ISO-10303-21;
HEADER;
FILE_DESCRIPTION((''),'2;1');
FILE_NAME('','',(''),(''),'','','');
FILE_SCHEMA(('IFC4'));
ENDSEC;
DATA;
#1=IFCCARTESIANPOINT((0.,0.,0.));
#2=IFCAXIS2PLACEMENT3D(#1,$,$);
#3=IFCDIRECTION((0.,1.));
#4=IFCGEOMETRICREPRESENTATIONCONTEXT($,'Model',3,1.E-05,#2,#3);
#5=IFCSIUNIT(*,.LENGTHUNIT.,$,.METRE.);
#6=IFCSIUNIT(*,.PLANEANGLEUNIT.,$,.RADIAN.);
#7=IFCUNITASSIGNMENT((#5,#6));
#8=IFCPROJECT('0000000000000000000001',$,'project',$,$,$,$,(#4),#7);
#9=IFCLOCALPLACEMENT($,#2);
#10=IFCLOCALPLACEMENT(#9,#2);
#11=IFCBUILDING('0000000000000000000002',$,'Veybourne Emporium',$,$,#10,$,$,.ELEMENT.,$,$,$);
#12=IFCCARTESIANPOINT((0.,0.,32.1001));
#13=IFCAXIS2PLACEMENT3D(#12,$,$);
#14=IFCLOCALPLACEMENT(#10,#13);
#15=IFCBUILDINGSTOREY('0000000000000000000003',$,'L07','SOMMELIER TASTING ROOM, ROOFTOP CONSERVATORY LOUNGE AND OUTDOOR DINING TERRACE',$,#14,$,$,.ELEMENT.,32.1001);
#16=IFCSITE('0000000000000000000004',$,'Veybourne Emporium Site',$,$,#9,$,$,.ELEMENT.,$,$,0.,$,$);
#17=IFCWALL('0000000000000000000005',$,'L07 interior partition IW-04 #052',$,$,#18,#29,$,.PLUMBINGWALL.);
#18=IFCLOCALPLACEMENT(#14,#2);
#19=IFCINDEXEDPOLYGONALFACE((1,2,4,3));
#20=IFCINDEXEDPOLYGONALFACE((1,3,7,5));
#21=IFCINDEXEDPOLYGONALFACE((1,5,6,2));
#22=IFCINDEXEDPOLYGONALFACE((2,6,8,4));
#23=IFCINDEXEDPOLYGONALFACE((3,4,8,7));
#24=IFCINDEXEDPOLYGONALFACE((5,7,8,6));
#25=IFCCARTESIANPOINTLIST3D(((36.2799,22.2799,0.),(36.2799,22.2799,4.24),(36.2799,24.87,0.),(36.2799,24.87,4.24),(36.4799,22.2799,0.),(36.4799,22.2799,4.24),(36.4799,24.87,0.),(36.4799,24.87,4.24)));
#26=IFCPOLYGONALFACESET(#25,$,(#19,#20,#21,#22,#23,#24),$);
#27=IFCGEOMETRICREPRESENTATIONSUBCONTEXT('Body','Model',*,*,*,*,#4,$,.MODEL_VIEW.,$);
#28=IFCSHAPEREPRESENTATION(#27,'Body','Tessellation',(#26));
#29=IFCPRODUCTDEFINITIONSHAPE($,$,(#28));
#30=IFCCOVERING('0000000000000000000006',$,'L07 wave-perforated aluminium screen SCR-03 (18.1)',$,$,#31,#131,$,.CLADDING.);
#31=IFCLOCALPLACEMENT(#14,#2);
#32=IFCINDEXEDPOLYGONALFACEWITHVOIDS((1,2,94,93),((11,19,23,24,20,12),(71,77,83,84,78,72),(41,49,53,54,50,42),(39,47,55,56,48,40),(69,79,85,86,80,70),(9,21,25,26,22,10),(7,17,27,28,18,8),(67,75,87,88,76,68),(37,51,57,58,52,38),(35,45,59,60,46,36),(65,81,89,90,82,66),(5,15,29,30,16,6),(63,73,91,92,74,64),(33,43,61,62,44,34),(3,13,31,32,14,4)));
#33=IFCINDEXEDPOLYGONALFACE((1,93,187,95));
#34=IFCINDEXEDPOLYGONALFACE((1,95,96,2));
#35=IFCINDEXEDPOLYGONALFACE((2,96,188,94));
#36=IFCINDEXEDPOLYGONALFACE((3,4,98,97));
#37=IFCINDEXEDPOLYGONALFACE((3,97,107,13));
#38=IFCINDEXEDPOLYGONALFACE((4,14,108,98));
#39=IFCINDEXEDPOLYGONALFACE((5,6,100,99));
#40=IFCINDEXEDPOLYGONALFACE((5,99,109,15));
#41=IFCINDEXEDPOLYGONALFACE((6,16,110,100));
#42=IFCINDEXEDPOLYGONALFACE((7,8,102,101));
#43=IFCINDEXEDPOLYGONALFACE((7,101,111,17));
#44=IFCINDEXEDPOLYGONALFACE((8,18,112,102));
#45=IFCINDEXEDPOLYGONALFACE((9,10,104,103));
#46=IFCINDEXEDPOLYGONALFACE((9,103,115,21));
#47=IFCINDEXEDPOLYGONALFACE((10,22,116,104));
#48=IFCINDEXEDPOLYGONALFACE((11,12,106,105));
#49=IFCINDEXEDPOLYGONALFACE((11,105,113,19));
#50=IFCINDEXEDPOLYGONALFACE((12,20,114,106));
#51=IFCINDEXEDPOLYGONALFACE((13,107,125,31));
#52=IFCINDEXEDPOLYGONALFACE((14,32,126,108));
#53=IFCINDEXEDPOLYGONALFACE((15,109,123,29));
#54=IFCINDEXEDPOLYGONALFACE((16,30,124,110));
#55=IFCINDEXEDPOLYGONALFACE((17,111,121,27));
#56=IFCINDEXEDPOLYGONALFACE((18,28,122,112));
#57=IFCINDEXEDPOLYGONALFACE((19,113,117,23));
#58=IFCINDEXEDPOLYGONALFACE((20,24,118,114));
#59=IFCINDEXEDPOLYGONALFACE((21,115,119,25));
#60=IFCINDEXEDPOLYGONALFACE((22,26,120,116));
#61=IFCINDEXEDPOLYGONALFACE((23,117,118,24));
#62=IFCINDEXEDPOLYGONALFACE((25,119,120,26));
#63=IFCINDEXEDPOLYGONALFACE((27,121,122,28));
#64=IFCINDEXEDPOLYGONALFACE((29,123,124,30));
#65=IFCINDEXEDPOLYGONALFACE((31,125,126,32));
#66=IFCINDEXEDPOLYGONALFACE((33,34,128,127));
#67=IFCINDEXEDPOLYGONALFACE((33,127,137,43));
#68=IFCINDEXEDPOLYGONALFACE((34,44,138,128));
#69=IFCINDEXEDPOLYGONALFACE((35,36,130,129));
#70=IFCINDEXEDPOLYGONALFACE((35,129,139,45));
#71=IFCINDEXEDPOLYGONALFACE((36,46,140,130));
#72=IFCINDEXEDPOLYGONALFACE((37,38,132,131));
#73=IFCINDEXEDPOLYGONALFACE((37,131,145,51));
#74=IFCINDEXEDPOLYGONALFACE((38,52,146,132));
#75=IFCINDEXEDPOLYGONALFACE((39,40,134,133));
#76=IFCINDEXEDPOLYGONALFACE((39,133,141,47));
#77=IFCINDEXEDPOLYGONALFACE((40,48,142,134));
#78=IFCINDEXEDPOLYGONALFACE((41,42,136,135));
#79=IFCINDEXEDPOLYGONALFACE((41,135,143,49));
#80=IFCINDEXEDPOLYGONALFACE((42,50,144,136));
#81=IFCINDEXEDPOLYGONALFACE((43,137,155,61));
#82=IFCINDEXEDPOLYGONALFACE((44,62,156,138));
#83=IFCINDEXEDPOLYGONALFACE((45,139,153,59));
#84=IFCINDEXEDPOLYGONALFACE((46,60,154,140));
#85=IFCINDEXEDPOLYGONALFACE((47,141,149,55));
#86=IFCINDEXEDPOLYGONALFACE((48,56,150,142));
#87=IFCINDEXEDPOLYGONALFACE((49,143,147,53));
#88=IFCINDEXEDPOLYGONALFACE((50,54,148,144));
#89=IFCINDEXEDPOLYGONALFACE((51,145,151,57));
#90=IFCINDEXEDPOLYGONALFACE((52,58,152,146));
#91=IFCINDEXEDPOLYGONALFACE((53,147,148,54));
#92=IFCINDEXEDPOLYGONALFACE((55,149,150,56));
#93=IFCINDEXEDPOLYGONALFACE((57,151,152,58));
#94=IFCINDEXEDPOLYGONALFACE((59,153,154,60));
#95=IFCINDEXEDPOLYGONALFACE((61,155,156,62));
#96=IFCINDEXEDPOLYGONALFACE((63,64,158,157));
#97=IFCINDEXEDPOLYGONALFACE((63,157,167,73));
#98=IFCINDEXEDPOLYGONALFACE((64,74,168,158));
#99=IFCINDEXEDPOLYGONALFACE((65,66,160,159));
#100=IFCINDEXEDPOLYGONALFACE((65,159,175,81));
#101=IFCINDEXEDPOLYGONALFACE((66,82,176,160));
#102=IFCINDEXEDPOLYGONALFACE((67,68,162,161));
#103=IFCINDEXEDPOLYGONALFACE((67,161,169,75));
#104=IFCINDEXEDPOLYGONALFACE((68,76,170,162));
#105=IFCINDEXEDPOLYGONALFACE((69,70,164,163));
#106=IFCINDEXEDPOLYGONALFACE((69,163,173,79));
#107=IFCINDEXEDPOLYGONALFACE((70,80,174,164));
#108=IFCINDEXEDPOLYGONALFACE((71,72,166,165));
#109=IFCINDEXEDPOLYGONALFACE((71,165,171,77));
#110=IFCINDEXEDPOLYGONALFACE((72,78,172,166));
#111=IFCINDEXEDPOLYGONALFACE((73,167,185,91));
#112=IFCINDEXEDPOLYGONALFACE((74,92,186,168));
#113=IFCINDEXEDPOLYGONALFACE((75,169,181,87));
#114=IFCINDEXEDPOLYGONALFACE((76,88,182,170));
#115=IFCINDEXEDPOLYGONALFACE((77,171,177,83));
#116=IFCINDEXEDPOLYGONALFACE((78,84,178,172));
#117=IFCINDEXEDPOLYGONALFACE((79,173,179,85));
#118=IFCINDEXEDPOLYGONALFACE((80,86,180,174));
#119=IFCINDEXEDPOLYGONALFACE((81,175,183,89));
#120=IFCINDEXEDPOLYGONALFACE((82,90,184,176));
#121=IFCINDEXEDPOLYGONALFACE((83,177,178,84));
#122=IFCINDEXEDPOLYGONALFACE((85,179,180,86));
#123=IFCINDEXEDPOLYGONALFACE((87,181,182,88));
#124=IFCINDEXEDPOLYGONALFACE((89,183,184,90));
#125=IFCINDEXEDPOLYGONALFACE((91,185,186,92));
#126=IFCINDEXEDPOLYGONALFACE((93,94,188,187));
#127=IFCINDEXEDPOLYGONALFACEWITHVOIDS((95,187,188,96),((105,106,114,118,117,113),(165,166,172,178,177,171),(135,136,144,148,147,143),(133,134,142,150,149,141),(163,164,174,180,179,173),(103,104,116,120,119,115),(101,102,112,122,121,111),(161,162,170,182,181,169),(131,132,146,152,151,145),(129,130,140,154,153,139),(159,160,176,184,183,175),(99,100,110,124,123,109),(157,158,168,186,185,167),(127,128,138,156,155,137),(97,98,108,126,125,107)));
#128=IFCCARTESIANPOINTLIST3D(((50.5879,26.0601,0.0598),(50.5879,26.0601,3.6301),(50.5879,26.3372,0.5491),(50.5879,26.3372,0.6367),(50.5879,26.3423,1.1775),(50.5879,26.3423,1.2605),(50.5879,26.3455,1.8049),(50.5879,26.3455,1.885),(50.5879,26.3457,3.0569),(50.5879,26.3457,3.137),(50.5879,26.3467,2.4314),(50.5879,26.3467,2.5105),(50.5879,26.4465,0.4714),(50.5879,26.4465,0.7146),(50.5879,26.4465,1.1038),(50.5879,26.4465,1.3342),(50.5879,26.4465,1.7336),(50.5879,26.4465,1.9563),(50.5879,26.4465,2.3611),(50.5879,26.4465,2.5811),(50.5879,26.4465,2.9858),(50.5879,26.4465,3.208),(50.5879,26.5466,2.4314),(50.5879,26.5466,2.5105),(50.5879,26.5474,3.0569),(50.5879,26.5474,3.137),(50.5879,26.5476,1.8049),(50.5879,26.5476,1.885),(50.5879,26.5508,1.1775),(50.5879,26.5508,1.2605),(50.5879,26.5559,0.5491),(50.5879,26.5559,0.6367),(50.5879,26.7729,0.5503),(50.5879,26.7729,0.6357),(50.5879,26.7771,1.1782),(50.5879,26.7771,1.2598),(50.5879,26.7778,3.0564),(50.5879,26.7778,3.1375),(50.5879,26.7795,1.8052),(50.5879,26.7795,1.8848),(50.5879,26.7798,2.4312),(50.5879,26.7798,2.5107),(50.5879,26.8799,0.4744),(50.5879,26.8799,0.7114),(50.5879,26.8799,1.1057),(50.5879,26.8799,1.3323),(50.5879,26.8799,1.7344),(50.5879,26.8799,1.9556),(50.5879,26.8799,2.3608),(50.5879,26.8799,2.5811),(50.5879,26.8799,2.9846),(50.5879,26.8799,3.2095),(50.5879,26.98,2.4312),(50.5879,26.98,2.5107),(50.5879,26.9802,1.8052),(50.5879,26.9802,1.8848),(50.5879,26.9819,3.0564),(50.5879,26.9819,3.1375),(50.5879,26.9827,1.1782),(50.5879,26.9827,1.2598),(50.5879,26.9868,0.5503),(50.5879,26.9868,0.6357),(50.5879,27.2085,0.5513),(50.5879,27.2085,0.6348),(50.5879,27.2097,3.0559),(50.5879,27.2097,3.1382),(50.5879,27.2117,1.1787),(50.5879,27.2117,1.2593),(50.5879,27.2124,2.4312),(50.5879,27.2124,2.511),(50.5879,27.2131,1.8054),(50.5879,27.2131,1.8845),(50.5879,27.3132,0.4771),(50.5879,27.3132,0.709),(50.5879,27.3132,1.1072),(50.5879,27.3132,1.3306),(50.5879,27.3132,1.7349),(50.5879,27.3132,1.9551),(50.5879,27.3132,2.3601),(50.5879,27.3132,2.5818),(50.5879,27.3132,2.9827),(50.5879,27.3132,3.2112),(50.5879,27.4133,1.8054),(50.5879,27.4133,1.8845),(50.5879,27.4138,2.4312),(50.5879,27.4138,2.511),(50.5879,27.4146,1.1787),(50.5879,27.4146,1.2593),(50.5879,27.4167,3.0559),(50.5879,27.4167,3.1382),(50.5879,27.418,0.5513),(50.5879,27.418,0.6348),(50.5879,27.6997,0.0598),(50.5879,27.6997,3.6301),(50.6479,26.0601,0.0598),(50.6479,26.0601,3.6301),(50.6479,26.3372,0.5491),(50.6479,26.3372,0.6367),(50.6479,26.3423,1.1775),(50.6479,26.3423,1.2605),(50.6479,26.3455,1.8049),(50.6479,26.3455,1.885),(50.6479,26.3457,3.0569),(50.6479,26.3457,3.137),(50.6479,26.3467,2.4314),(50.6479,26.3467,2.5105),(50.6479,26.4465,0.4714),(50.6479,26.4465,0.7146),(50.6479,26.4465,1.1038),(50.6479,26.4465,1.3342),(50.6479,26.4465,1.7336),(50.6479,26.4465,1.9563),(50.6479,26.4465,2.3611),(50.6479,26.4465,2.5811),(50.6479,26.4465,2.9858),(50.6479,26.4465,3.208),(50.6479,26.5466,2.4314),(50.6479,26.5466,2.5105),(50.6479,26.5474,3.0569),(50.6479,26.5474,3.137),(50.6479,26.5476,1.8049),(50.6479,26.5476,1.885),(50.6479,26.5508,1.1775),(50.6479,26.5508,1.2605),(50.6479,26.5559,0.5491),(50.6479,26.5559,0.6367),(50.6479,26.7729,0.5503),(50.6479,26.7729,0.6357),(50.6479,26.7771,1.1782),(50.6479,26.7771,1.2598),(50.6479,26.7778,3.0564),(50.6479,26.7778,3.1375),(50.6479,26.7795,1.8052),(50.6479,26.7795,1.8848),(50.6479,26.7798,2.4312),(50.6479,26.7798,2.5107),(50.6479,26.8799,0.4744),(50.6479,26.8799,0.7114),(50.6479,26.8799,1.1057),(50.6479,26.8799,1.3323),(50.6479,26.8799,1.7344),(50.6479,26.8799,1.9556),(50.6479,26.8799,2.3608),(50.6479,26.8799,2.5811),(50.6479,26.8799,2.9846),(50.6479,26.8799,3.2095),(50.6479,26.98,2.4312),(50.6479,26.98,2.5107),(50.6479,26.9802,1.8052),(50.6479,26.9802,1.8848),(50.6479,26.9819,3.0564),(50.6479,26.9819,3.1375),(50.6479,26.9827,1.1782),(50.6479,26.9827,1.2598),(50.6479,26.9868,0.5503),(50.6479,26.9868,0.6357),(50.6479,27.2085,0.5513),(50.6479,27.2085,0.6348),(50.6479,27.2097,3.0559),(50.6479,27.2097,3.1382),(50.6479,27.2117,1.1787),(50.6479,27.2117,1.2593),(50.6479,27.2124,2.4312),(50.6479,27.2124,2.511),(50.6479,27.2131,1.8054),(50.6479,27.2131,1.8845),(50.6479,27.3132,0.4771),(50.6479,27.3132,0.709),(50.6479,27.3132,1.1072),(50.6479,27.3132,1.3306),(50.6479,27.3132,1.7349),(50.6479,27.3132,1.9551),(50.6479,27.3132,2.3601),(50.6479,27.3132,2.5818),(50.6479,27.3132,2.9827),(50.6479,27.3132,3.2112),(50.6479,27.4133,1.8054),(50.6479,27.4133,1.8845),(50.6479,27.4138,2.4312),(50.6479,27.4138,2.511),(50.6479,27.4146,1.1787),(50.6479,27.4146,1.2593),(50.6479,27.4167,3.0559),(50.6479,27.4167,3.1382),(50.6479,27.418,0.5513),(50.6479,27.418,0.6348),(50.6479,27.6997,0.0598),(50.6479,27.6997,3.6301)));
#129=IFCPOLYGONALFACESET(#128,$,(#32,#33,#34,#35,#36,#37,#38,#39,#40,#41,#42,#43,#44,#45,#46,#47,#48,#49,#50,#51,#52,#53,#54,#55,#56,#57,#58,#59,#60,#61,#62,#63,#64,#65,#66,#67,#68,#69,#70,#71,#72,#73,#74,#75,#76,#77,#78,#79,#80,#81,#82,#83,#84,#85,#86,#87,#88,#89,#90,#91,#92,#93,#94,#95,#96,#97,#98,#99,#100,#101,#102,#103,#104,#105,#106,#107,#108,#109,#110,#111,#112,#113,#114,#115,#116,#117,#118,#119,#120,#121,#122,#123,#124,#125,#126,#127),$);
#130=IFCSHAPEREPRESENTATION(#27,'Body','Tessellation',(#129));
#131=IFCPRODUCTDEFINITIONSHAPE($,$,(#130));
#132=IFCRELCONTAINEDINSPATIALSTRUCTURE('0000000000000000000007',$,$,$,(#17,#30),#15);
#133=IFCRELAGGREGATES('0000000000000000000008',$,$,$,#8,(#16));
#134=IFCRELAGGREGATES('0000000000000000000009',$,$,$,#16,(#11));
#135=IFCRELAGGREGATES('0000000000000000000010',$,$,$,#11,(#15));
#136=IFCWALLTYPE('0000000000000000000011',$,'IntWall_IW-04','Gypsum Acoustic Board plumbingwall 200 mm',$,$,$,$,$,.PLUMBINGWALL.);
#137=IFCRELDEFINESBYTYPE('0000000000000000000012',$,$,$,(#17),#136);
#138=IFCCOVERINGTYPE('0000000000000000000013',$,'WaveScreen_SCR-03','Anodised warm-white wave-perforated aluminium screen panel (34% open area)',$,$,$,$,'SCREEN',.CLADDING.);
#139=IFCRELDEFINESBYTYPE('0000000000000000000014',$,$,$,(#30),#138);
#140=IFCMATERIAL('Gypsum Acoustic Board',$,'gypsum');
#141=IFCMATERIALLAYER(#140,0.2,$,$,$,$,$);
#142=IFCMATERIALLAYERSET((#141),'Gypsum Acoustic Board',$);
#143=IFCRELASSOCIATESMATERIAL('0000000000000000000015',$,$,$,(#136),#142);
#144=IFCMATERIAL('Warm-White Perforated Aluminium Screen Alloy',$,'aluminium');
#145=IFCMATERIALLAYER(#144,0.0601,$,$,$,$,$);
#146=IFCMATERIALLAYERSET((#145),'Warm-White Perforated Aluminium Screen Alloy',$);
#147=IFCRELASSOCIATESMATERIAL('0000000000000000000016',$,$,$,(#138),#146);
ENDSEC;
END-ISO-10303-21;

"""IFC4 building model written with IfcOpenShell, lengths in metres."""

from ifc_helpers import new_model, si_unit, direction, frame, frame_2d, origin, place, context, subcontext, project, spatial, polyline, rectangle, outline, extrude, material, layer, layer_set, type_object, element, save


model = new_model("IFC4")

# Units and contexts
model_context = context("Model", 3, precision=1e-05, world=origin(), true_north=direction((0.0, 1.0)))
body_context = subcontext(model_context, "Body", "Model", "MODEL_VIEW")
ifc_project = project(units=[si_unit("LENGTHUNIT", "METRE"), si_unit("PLANEANGLEUNIT", "RADIAN")], contexts=[model_context])

# Site, building, storey
site_placement = place(None, origin())
site = spatial("IfcSite", under=ifc_project, at=site_placement, Name="Veybourne Emporium Site", CompositionType="ELEMENT", RefElevation=0.0)
building_placement = place(site_placement, origin())
building = spatial("IfcBuilding", under=site, at=building_placement, Name="Veybourne Emporium", CompositionType="ELEMENT")
storey_placement = place(building_placement, frame((0.0, 0.0, 32.1001)))
storey = spatial("IfcBuildingStorey", under=building, at=storey_placement, Name="L07", Description="SOMMELIER TASTING ROOM, ROOFTOP CONSERVATORY LOUNGE AND OUTDOOR DINING TERRACE", CompositionType="ELEMENT", Elevation=32.1001)

# Shared definitions
ifc_material_1 = material(Name="Gypsum Acoustic Board", Category="gypsum")
ifc_layer_1 = layer(ifc_material_1, 0.2)
ifc_layer_set_1 = layer_set([ifc_layer_1], Name="Gypsum Acoustic Board")
wall_type_1 = type_object("IfcWallType", Name="IntWall_IW-04", Description="Gypsum Acoustic Board plumbingwall 200 mm", PredefinedType="PLUMBINGWALL", material=ifc_layer_set_1)

# Wall
wall_1_placement = place(storey_placement, frame((36.3799, 22.28, 0.0), z_axis=(0.0, 0.0, 1.0), x_axis=(0.0, 1.0, 0.0)))
element("IfcWall", 1, at=wall_1_placement, inside=storey, type_object=wall_type_1, Name="L07 interior partition IW-04 #052", PredefinedType="PLUMBINGWALL", context=body_context, shape_type="SweptSolid", body=[
    extrude(rectangle(XDim=2.5901, YDim=0.2, at=frame_2d((1.2949, 0.0))), origin(), (0.0, 0.0, 1.0), 4.24),
])

# Covering
ifc_material_2 = material(Name="Warm-White Perforated Aluminium Screen Alloy", Category="aluminium")
ifc_layer_2 = layer(ifc_material_2, 0.0601)
ifc_layer_set_2 = layer_set([ifc_layer_2], Name="Warm-White Perforated Aluminium Screen Alloy")
covering_type_1 = type_object("IfcCoveringType", Name="WaveScreen_SCR-03", Description="Anodised warm-white wave-perforated aluminium screen panel (34% open area)", ElementType="SCREEN", PredefinedType="CLADDING", material=ifc_layer_set_2)
covering_1_placement = place(storey_placement, frame((50.6479, 26.8799, 1.845), z_axis=(-1.0, 0.0, 0.0), x_axis=(0.0, -1.0, 0.0)))
element("IfcCovering", 2, at=covering_1_placement, inside=storey, type_object=covering_type_1, Name="L07 wave-perforated aluminium screen SCR-03 (18.1)", PredefinedType="CLADDING", context=body_context, shape_type="SweptSolid", body=[
    extrude(outline(polyline([(-0.8198, -1.7852), (0.8198, -1.7852), (0.8198, 1.7852), (-0.8198, 1.7852), (-0.8198, -1.7852)]), holes=[polyline([(-0.4333, -1.136), (-0.3286, -1.2102), (-0.3286, -1.2937), (-0.4333, -1.3679), (-0.5381, -1.2937), (-0.5381, -1.2102), (-0.4333, -1.136)]), polyline([(-0.4333, -0.5144), (-0.3318, -0.5857), (-0.3318, -0.6663), (-0.4333, -0.7378), (-0.5347, -0.6663), (-0.5347, -0.5857), (-0.4333, -0.5144)]), polyline([(-0.4333, 0.1101), (-0.3333, 0.0396), (-0.3333, -0.0396), (-0.4333, -0.1101), (-0.5334, -0.0396), (-0.5334, 0.0396), (-0.4333, 0.1101)]), polyline([(-0.4333, 0.7368), (-0.3325, 0.666), (-0.3325, 0.5862), (-0.4333, 0.5151), (-0.5339, 0.5862), (-0.5339, 0.666), (-0.4333, 0.7368)]), polyline([(-0.4333, 1.3662), (-0.3298, 1.2932), (-0.3298, 1.2109), (-0.4333, 1.1377), (-0.5369, 1.2109), (-0.5369, 1.2932), (-0.4333, 1.3662)]), polyline([(0.0, -1.1335), (0.1069, -1.2092), (0.1069, -1.2947), (0.0, -1.3706), (-0.1069, -1.2947), (-0.1069, -1.2092), (0.0, -1.1335)]), polyline([(0.0, -0.5127), (0.1028, -0.5852), (0.1028, -0.6667), (0.0, -0.7393), (-0.1028, -0.6667), (-0.1028, -0.5852), (0.0, -0.5127)]), polyline([(0.0, 0.1106), (0.1003, 0.0398), (0.1003, -0.0398), (0.0, -0.1106), (-0.1003, -0.0398), (-0.1003, 0.0398), (0.0, 0.1106)]), polyline([(0.0, 0.7361), (0.1001, 0.6658), (0.1001, 0.5862), (0.0, 0.5159), (-0.1001, 0.5862), (-0.1001, 0.6658), (0.0, 0.7361)]), polyline([(0.0, 1.3645), (0.1021, 1.2925), (0.1021, 1.2114), (0.0, 1.1396), (-0.1021, 1.2114), (-0.1021, 1.2925), (0.0, 1.3645)]), polyline([(0.4333, -1.1304), (0.5427, -1.2083), (0.5427, -1.2959), (0.4333, -1.3735), (0.324, -1.2959), (0.324, -1.2083), (0.4333, -1.1304)]), polyline([(0.4333, -0.5107), (0.5376, -0.5845), (0.5376, -0.6675), (0.4333, -0.7412), (0.3291, -0.6675), (0.3291, -0.5845), (0.4333, -0.5107)]), polyline([(0.4333, 0.1113), (0.5344, 0.04), (0.5344, -0.04), (0.4333, -0.1113), (0.3323, -0.04), (0.3323, 0.04), (0.4333, 0.1113)]), polyline([(0.4333, 0.7361), (0.5332, 0.6655), (0.5332, 0.5864), (0.4333, 0.5161), (0.3333, 0.5864), (0.3333, 0.6655), (0.4333, 0.7361)]), polyline([(0.4333, 1.363), (0.5342, 1.292), (0.5342, 1.2119), (0.4333, 1.1409), (0.3325, 1.2119), (0.3325, 1.292), (0.4333, 1.363)])]), origin(), (0.0, 0.0, 1.0), 0.0601),
])

save(model, "model.ifc")
